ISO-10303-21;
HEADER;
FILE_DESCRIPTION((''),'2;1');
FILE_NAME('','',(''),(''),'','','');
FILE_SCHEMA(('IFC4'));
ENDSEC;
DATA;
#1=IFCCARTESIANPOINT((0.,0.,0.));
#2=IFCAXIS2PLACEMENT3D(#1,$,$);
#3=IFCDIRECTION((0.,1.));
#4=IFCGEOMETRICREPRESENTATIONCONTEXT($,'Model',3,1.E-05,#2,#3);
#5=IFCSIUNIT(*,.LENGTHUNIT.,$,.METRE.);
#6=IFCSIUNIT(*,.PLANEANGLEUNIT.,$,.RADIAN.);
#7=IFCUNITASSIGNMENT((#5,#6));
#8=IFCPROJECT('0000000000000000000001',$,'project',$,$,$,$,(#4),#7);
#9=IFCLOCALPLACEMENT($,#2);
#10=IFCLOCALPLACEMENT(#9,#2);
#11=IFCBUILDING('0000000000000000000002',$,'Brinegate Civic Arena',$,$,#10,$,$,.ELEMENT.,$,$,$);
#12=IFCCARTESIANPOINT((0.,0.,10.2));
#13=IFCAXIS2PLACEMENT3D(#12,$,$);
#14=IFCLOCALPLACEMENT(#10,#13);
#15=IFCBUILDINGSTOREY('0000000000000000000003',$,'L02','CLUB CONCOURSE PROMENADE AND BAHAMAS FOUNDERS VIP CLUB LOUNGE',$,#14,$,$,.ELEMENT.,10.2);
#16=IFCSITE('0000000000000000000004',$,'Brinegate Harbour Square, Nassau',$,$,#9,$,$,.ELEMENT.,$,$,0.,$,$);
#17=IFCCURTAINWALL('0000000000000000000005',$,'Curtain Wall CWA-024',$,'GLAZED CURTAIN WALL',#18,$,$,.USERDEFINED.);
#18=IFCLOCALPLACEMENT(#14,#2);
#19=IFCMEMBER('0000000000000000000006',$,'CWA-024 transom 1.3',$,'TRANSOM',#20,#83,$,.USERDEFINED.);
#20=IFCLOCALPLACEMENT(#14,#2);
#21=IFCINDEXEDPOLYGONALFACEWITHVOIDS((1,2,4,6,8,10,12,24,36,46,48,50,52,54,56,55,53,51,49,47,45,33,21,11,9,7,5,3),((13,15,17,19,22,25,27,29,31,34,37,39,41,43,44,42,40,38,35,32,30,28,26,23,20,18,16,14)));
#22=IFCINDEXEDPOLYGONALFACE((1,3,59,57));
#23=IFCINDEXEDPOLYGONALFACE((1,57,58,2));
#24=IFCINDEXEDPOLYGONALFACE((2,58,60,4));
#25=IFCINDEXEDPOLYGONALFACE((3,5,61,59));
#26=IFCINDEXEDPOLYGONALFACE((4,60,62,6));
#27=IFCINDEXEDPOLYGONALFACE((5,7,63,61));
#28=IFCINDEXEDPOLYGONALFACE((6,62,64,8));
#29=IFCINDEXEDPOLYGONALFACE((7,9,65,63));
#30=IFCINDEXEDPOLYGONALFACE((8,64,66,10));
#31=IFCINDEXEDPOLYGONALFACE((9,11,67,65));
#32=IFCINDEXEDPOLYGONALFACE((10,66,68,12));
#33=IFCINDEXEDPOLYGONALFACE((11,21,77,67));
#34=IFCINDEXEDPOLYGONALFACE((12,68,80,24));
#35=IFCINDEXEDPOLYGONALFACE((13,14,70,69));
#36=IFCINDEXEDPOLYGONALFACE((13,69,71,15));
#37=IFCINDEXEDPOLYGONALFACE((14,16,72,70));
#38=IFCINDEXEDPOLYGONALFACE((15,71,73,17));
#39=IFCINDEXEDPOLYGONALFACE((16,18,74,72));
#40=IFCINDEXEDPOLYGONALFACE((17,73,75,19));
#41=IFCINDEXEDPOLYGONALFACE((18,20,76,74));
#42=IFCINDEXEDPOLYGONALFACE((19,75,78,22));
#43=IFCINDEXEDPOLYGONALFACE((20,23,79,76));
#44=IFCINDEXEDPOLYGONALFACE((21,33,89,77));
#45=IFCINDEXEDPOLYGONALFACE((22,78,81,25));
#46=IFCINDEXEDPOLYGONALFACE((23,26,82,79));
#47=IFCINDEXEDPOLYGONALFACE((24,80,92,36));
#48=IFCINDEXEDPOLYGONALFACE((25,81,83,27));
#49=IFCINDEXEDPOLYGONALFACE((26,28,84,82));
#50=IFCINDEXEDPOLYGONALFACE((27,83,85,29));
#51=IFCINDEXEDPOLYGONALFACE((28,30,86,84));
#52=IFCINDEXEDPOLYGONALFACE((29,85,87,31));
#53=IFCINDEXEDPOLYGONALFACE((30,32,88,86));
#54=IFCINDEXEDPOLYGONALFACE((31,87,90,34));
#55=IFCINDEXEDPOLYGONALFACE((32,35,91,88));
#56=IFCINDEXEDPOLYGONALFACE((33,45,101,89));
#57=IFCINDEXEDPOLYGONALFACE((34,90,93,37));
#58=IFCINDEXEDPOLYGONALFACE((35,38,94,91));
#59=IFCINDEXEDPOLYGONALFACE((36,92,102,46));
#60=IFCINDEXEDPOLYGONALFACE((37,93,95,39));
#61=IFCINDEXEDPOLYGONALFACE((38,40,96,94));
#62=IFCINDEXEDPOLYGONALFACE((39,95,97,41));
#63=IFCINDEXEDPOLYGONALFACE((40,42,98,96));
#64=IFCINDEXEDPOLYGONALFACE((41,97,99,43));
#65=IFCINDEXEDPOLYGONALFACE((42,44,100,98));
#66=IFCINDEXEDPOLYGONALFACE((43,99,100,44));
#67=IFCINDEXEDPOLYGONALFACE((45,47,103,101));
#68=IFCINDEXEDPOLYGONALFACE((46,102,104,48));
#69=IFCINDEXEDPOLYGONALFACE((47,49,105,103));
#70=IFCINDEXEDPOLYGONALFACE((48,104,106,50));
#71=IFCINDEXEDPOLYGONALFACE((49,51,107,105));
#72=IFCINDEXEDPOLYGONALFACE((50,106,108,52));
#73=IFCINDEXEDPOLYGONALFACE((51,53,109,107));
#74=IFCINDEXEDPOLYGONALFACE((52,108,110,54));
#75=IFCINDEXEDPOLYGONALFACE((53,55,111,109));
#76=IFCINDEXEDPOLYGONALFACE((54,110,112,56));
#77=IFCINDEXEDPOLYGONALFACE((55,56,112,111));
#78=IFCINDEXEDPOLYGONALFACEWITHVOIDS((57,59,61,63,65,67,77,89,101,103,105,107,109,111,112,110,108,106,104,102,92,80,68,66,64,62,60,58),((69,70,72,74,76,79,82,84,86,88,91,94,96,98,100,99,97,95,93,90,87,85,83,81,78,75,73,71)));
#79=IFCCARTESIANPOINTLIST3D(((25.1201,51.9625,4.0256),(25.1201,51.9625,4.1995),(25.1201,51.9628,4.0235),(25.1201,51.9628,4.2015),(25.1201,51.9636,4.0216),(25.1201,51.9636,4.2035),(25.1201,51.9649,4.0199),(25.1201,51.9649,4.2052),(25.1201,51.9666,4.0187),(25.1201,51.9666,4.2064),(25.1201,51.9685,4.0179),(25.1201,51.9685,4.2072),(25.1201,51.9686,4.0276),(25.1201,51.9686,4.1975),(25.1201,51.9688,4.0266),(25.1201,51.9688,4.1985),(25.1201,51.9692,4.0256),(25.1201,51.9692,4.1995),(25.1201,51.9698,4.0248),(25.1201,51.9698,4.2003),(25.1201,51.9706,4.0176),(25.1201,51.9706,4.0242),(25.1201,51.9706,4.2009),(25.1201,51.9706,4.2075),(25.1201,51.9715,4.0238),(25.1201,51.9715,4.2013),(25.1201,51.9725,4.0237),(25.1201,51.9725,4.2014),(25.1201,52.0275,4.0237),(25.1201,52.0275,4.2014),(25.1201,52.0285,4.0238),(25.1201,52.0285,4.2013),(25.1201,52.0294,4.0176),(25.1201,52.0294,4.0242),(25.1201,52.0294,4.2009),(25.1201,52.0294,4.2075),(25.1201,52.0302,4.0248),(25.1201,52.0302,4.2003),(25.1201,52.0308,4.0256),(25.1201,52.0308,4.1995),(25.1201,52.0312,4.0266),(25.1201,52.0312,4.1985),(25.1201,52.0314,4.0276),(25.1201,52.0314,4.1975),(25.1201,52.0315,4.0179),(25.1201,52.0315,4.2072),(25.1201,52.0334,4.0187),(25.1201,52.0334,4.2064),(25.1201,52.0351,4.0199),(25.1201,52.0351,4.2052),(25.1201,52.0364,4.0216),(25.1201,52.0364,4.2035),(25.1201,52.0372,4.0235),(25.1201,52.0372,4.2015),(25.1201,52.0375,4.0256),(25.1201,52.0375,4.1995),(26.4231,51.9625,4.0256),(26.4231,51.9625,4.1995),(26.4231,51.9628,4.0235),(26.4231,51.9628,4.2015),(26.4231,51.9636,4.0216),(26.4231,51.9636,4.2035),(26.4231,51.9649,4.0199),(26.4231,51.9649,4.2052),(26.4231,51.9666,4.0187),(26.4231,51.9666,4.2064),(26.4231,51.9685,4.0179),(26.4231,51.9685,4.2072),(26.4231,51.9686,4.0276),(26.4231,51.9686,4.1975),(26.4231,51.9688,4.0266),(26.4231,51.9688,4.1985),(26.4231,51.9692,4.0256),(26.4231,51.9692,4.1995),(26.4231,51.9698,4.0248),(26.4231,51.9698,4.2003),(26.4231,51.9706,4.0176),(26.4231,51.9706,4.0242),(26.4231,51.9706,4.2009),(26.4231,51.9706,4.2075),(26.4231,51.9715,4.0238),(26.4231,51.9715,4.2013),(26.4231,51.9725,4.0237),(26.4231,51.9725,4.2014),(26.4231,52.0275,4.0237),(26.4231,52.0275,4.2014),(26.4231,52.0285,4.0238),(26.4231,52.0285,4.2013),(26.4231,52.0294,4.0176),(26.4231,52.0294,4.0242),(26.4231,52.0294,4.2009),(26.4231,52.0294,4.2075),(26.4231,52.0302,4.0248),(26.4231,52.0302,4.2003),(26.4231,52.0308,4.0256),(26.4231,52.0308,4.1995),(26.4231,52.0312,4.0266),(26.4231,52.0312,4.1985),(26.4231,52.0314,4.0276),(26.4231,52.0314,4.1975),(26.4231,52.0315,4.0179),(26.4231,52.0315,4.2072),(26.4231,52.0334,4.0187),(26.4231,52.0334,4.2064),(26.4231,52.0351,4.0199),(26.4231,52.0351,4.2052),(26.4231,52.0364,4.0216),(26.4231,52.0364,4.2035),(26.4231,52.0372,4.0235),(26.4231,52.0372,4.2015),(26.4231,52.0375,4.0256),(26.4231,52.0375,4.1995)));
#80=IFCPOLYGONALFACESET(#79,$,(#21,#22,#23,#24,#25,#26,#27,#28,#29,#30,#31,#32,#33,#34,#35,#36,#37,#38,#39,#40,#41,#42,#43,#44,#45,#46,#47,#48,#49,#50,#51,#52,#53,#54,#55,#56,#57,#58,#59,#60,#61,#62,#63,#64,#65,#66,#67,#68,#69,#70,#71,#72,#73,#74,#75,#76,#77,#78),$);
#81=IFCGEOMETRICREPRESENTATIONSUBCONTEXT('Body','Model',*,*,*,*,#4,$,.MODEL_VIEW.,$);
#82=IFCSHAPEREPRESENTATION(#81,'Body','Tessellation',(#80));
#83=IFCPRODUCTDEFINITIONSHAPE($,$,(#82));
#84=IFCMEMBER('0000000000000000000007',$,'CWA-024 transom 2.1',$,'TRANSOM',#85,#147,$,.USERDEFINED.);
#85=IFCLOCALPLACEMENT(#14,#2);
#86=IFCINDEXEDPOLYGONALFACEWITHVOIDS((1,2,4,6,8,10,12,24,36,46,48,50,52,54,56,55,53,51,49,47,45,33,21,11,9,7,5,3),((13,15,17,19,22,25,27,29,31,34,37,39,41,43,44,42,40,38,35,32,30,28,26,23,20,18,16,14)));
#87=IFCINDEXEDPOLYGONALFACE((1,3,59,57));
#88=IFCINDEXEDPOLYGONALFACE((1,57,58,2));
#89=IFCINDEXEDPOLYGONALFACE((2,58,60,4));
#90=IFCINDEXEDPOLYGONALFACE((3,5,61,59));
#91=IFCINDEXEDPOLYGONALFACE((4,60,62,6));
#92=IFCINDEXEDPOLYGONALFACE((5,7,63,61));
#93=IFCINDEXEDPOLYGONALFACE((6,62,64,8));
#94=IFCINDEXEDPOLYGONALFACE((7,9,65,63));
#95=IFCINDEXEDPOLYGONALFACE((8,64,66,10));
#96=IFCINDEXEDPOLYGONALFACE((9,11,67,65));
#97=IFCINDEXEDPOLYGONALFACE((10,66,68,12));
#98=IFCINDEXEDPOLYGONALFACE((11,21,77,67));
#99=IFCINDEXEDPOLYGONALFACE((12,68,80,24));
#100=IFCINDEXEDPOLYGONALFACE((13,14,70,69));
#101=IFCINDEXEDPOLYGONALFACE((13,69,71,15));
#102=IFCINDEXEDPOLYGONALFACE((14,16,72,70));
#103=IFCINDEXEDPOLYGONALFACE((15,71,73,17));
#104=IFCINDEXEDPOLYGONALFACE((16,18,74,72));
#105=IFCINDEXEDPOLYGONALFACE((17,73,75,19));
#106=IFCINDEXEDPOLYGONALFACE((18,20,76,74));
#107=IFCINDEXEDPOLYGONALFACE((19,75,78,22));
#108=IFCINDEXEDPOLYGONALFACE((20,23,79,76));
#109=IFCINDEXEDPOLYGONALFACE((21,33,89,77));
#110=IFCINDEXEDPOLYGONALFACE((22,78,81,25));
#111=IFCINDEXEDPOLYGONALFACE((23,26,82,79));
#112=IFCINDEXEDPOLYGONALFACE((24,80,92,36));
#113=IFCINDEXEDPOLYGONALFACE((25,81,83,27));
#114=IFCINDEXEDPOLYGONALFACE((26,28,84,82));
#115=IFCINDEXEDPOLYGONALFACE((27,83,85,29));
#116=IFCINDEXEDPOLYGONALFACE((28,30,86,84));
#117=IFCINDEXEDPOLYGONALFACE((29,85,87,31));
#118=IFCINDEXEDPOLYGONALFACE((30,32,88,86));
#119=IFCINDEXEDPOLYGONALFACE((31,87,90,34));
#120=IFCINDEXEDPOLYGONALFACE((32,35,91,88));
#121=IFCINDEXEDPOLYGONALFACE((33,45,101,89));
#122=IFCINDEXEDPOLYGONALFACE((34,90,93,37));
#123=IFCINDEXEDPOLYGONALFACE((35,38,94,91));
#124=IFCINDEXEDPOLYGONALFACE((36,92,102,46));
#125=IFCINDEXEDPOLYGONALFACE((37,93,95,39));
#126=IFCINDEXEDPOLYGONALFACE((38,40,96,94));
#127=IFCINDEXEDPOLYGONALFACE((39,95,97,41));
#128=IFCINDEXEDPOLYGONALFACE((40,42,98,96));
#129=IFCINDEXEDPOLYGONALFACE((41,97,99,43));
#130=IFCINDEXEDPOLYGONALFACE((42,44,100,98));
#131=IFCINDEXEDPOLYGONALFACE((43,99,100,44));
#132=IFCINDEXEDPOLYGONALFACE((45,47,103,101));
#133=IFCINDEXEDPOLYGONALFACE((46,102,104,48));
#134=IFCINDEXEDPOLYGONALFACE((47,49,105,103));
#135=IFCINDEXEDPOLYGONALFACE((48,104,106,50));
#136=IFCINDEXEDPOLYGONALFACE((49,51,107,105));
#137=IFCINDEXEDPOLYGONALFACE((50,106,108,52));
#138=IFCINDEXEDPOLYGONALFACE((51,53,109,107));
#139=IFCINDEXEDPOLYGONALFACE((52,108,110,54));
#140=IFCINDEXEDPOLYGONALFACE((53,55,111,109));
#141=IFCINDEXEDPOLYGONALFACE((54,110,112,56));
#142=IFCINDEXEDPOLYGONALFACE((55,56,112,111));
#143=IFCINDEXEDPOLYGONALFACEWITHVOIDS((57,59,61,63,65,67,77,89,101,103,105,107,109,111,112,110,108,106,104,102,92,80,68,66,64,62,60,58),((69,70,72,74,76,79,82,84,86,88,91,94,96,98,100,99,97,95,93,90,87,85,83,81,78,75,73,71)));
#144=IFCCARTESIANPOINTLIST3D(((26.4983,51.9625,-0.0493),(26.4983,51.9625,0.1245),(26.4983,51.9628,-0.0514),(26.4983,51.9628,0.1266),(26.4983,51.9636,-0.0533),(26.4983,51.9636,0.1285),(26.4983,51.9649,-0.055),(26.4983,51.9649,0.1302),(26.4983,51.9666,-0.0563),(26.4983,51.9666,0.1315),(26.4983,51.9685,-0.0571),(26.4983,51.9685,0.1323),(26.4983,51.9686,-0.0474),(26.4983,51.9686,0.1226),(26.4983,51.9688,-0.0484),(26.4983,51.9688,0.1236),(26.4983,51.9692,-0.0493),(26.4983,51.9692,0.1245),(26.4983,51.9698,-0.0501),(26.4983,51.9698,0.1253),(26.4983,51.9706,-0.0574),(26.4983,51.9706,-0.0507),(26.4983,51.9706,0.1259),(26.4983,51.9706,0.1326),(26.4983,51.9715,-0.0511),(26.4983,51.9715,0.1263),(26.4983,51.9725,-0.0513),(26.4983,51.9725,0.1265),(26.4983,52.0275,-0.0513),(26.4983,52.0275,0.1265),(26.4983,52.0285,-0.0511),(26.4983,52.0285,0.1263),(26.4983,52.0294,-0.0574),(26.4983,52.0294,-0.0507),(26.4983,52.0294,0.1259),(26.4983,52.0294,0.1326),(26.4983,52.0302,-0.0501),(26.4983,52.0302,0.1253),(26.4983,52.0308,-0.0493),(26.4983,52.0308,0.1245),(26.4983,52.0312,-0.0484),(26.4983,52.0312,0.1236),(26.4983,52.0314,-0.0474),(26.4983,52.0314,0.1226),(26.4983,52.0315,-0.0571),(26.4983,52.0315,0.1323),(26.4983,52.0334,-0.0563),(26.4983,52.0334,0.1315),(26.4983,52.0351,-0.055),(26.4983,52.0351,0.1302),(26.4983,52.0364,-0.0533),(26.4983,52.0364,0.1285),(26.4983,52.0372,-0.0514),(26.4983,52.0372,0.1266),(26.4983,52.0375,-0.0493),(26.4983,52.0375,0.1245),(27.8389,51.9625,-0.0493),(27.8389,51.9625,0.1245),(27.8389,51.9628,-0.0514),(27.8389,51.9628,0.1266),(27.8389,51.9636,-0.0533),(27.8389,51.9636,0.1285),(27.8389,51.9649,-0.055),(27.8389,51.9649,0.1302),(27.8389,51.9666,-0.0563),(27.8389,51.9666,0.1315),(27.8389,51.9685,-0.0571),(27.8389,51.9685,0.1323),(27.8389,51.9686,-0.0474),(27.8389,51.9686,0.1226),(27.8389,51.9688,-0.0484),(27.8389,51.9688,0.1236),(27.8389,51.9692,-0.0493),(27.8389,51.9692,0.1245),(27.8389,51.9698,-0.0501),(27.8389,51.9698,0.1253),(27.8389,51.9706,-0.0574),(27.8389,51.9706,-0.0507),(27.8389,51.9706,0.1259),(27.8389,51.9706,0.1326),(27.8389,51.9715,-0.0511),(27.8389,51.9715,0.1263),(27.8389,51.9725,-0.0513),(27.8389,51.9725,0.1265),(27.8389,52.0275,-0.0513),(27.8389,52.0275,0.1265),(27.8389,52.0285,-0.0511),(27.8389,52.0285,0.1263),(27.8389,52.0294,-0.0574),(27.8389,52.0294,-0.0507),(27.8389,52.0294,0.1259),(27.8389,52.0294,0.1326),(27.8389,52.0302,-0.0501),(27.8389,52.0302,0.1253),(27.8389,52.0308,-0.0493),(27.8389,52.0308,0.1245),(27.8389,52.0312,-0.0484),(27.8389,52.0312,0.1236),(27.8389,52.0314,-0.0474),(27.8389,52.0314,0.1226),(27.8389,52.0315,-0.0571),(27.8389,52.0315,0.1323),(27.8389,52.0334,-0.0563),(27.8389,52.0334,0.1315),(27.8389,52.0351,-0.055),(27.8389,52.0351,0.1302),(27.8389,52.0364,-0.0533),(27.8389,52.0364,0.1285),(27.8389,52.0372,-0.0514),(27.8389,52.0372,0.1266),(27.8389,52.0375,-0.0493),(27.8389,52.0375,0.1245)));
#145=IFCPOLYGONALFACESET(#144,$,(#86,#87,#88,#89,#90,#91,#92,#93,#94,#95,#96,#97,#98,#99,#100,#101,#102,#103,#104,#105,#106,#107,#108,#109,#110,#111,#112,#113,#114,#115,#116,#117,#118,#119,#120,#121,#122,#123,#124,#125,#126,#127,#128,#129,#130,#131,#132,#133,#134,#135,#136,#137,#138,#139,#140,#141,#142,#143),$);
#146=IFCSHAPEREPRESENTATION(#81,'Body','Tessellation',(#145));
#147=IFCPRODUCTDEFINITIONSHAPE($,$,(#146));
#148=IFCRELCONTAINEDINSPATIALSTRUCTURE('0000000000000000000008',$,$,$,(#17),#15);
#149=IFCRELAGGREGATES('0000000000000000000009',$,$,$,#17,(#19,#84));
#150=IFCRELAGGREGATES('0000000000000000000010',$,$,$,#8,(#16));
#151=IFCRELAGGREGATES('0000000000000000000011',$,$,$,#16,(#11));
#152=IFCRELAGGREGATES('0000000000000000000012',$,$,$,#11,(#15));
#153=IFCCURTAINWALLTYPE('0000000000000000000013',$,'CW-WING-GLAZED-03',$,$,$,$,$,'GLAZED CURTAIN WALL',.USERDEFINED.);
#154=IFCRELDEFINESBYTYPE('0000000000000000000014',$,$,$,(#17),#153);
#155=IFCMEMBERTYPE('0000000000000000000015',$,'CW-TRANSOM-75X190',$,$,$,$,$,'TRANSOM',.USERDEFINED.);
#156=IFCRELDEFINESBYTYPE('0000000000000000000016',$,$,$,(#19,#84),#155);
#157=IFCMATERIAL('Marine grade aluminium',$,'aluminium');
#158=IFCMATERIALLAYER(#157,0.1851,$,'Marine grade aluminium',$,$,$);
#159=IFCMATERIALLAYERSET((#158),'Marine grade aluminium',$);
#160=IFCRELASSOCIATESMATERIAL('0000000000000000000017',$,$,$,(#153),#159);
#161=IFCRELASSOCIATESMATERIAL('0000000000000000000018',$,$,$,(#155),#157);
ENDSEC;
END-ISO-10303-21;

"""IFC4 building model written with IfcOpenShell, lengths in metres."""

from ifc_helpers import new_model, si_unit, direction, frame, origin, origin_2d, place, context, subcontext, project, spatial, hollow_rectangle, extrude, material, layer, layer_set, material_profile, profile_set, type_object, element, aggregate, save


model = new_model("IFC4")

# Units and contexts
model_context = context("Model", 3, precision=1e-05, world=origin(), true_north=direction((0.0, 1.0)))
body_context = subcontext(model_context, "Body", "Model", "MODEL_VIEW")
ifc_project = project(units=[si_unit("LENGTHUNIT", "METRE"), si_unit("PLANEANGLEUNIT", "RADIAN")], contexts=[model_context])

# Site, building, storey
site_placement = place(None, origin())
site = spatial("IfcSite", under=ifc_project, at=site_placement, Name="Brinegate Harbour Square, Nassau", CompositionType="ELEMENT", RefElevation=0.0)
building_placement = place(site_placement, origin())
building = spatial("IfcBuilding", under=site, at=building_placement, Name="Brinegate Civic Arena", CompositionType="ELEMENT")
storey_placement = place(building_placement, frame((0.0, 0.0, 10.2)))
storey = spatial("IfcBuildingStorey", under=building, at=storey_placement, Name="L02", Description="CLUB CONCOURSE PROMENADE AND BAHAMAS FOUNDERS VIP CLUB LOUNGE", CompositionType="ELEMENT", Elevation=10.2)

# Shared definitions
ifc_material_1 = material(Name="Marine grade aluminium", Category="aluminium")
ifc_layer_1 = layer(ifc_material_1, 0.1851, Name="Marine grade aluminium")
ifc_layer_set_1 = layer_set([ifc_layer_1], Name="Marine grade aluminium")
curtain_wall_type_1 = type_object("IfcCurtainWallType", Name="CW-WING-GLAZED-03", ElementType="GLAZED CURTAIN WALL", PredefinedType="USERDEFINED", material=ifc_layer_set_1)

# Curtain wall
curtain_wall_1_placement = place(storey_placement, origin())
curtain_wall_1 = element("IfcCurtainWall", 1, at=curtain_wall_1_placement, inside=storey, type_object=curtain_wall_type_1, Name="Curtain Wall CWA-024", ObjectType="GLAZED CURTAIN WALL", PredefinedType="USERDEFINED")

# Members
ifc_material_profile_1 = material_profile(ifc_material_1, hollow_rectangle(XDim=0.075, YDim=0.1899, WallThickness=0.0061, InnerFilletRadius=0.0039, OuterFilletRadius=0.0081, at=origin_2d()), Name="TRN75X190")
ifc_profile_set_1 = profile_set([ifc_material_profile_1], Name="Marine grade aluminium")
member_type_1 = type_object("IfcMemberType", Name="CW-TRANSOM-75X190", ElementType="TRANSOM", PredefinedType="USERDEFINED", material=ifc_profile_set_1)
member_1_placement = place(storey_placement, frame((25.1201, 52.0, 4.1125), z_axis=(1.0, 0.0, 0.0), x_axis=(0.0, 1.0, 0.0)))
member_1 = element("IfcMember", 2, at=member_1_placement, type_object=member_type_1, Name="CWA-024 transom 1.3", ObjectType="TRANSOM", PredefinedType="USERDEFINED", context=body_context, shape_type="SweptSolid", body=[
    extrude(hollow_rectangle(XDim=0.075, YDim=0.1899, WallThickness=0.0061, InnerFilletRadius=0.0039, OuterFilletRadius=0.0081, at=origin_2d()), origin(), (0.0, 0.0, 1.0), 1.303),
])
member_2_placement = place(storey_placement, frame((26.4983, 52.0, 0.0376), z_axis=(1.0, 0.0, 0.0), x_axis=(0.0, 1.0, 0.0)))
member_2 = element("IfcMember", 3, at=member_2_placement, type_object=member_type_1, Name="CWA-024 transom 2.1", ObjectType="TRANSOM", PredefinedType="USERDEFINED", context=body_context, shape_type="SweptSolid", body=[
    extrude(hollow_rectangle(XDim=0.075, YDim=0.1899, WallThickness=0.0061, InnerFilletRadius=0.0039, OuterFilletRadius=0.0081, at=origin_2d()), origin(), (0.0, 0.0, 1.0), 1.3406),
])

aggregate(curtain_wall_1, [member_1, member_2])

save(model, "model.ifc")
